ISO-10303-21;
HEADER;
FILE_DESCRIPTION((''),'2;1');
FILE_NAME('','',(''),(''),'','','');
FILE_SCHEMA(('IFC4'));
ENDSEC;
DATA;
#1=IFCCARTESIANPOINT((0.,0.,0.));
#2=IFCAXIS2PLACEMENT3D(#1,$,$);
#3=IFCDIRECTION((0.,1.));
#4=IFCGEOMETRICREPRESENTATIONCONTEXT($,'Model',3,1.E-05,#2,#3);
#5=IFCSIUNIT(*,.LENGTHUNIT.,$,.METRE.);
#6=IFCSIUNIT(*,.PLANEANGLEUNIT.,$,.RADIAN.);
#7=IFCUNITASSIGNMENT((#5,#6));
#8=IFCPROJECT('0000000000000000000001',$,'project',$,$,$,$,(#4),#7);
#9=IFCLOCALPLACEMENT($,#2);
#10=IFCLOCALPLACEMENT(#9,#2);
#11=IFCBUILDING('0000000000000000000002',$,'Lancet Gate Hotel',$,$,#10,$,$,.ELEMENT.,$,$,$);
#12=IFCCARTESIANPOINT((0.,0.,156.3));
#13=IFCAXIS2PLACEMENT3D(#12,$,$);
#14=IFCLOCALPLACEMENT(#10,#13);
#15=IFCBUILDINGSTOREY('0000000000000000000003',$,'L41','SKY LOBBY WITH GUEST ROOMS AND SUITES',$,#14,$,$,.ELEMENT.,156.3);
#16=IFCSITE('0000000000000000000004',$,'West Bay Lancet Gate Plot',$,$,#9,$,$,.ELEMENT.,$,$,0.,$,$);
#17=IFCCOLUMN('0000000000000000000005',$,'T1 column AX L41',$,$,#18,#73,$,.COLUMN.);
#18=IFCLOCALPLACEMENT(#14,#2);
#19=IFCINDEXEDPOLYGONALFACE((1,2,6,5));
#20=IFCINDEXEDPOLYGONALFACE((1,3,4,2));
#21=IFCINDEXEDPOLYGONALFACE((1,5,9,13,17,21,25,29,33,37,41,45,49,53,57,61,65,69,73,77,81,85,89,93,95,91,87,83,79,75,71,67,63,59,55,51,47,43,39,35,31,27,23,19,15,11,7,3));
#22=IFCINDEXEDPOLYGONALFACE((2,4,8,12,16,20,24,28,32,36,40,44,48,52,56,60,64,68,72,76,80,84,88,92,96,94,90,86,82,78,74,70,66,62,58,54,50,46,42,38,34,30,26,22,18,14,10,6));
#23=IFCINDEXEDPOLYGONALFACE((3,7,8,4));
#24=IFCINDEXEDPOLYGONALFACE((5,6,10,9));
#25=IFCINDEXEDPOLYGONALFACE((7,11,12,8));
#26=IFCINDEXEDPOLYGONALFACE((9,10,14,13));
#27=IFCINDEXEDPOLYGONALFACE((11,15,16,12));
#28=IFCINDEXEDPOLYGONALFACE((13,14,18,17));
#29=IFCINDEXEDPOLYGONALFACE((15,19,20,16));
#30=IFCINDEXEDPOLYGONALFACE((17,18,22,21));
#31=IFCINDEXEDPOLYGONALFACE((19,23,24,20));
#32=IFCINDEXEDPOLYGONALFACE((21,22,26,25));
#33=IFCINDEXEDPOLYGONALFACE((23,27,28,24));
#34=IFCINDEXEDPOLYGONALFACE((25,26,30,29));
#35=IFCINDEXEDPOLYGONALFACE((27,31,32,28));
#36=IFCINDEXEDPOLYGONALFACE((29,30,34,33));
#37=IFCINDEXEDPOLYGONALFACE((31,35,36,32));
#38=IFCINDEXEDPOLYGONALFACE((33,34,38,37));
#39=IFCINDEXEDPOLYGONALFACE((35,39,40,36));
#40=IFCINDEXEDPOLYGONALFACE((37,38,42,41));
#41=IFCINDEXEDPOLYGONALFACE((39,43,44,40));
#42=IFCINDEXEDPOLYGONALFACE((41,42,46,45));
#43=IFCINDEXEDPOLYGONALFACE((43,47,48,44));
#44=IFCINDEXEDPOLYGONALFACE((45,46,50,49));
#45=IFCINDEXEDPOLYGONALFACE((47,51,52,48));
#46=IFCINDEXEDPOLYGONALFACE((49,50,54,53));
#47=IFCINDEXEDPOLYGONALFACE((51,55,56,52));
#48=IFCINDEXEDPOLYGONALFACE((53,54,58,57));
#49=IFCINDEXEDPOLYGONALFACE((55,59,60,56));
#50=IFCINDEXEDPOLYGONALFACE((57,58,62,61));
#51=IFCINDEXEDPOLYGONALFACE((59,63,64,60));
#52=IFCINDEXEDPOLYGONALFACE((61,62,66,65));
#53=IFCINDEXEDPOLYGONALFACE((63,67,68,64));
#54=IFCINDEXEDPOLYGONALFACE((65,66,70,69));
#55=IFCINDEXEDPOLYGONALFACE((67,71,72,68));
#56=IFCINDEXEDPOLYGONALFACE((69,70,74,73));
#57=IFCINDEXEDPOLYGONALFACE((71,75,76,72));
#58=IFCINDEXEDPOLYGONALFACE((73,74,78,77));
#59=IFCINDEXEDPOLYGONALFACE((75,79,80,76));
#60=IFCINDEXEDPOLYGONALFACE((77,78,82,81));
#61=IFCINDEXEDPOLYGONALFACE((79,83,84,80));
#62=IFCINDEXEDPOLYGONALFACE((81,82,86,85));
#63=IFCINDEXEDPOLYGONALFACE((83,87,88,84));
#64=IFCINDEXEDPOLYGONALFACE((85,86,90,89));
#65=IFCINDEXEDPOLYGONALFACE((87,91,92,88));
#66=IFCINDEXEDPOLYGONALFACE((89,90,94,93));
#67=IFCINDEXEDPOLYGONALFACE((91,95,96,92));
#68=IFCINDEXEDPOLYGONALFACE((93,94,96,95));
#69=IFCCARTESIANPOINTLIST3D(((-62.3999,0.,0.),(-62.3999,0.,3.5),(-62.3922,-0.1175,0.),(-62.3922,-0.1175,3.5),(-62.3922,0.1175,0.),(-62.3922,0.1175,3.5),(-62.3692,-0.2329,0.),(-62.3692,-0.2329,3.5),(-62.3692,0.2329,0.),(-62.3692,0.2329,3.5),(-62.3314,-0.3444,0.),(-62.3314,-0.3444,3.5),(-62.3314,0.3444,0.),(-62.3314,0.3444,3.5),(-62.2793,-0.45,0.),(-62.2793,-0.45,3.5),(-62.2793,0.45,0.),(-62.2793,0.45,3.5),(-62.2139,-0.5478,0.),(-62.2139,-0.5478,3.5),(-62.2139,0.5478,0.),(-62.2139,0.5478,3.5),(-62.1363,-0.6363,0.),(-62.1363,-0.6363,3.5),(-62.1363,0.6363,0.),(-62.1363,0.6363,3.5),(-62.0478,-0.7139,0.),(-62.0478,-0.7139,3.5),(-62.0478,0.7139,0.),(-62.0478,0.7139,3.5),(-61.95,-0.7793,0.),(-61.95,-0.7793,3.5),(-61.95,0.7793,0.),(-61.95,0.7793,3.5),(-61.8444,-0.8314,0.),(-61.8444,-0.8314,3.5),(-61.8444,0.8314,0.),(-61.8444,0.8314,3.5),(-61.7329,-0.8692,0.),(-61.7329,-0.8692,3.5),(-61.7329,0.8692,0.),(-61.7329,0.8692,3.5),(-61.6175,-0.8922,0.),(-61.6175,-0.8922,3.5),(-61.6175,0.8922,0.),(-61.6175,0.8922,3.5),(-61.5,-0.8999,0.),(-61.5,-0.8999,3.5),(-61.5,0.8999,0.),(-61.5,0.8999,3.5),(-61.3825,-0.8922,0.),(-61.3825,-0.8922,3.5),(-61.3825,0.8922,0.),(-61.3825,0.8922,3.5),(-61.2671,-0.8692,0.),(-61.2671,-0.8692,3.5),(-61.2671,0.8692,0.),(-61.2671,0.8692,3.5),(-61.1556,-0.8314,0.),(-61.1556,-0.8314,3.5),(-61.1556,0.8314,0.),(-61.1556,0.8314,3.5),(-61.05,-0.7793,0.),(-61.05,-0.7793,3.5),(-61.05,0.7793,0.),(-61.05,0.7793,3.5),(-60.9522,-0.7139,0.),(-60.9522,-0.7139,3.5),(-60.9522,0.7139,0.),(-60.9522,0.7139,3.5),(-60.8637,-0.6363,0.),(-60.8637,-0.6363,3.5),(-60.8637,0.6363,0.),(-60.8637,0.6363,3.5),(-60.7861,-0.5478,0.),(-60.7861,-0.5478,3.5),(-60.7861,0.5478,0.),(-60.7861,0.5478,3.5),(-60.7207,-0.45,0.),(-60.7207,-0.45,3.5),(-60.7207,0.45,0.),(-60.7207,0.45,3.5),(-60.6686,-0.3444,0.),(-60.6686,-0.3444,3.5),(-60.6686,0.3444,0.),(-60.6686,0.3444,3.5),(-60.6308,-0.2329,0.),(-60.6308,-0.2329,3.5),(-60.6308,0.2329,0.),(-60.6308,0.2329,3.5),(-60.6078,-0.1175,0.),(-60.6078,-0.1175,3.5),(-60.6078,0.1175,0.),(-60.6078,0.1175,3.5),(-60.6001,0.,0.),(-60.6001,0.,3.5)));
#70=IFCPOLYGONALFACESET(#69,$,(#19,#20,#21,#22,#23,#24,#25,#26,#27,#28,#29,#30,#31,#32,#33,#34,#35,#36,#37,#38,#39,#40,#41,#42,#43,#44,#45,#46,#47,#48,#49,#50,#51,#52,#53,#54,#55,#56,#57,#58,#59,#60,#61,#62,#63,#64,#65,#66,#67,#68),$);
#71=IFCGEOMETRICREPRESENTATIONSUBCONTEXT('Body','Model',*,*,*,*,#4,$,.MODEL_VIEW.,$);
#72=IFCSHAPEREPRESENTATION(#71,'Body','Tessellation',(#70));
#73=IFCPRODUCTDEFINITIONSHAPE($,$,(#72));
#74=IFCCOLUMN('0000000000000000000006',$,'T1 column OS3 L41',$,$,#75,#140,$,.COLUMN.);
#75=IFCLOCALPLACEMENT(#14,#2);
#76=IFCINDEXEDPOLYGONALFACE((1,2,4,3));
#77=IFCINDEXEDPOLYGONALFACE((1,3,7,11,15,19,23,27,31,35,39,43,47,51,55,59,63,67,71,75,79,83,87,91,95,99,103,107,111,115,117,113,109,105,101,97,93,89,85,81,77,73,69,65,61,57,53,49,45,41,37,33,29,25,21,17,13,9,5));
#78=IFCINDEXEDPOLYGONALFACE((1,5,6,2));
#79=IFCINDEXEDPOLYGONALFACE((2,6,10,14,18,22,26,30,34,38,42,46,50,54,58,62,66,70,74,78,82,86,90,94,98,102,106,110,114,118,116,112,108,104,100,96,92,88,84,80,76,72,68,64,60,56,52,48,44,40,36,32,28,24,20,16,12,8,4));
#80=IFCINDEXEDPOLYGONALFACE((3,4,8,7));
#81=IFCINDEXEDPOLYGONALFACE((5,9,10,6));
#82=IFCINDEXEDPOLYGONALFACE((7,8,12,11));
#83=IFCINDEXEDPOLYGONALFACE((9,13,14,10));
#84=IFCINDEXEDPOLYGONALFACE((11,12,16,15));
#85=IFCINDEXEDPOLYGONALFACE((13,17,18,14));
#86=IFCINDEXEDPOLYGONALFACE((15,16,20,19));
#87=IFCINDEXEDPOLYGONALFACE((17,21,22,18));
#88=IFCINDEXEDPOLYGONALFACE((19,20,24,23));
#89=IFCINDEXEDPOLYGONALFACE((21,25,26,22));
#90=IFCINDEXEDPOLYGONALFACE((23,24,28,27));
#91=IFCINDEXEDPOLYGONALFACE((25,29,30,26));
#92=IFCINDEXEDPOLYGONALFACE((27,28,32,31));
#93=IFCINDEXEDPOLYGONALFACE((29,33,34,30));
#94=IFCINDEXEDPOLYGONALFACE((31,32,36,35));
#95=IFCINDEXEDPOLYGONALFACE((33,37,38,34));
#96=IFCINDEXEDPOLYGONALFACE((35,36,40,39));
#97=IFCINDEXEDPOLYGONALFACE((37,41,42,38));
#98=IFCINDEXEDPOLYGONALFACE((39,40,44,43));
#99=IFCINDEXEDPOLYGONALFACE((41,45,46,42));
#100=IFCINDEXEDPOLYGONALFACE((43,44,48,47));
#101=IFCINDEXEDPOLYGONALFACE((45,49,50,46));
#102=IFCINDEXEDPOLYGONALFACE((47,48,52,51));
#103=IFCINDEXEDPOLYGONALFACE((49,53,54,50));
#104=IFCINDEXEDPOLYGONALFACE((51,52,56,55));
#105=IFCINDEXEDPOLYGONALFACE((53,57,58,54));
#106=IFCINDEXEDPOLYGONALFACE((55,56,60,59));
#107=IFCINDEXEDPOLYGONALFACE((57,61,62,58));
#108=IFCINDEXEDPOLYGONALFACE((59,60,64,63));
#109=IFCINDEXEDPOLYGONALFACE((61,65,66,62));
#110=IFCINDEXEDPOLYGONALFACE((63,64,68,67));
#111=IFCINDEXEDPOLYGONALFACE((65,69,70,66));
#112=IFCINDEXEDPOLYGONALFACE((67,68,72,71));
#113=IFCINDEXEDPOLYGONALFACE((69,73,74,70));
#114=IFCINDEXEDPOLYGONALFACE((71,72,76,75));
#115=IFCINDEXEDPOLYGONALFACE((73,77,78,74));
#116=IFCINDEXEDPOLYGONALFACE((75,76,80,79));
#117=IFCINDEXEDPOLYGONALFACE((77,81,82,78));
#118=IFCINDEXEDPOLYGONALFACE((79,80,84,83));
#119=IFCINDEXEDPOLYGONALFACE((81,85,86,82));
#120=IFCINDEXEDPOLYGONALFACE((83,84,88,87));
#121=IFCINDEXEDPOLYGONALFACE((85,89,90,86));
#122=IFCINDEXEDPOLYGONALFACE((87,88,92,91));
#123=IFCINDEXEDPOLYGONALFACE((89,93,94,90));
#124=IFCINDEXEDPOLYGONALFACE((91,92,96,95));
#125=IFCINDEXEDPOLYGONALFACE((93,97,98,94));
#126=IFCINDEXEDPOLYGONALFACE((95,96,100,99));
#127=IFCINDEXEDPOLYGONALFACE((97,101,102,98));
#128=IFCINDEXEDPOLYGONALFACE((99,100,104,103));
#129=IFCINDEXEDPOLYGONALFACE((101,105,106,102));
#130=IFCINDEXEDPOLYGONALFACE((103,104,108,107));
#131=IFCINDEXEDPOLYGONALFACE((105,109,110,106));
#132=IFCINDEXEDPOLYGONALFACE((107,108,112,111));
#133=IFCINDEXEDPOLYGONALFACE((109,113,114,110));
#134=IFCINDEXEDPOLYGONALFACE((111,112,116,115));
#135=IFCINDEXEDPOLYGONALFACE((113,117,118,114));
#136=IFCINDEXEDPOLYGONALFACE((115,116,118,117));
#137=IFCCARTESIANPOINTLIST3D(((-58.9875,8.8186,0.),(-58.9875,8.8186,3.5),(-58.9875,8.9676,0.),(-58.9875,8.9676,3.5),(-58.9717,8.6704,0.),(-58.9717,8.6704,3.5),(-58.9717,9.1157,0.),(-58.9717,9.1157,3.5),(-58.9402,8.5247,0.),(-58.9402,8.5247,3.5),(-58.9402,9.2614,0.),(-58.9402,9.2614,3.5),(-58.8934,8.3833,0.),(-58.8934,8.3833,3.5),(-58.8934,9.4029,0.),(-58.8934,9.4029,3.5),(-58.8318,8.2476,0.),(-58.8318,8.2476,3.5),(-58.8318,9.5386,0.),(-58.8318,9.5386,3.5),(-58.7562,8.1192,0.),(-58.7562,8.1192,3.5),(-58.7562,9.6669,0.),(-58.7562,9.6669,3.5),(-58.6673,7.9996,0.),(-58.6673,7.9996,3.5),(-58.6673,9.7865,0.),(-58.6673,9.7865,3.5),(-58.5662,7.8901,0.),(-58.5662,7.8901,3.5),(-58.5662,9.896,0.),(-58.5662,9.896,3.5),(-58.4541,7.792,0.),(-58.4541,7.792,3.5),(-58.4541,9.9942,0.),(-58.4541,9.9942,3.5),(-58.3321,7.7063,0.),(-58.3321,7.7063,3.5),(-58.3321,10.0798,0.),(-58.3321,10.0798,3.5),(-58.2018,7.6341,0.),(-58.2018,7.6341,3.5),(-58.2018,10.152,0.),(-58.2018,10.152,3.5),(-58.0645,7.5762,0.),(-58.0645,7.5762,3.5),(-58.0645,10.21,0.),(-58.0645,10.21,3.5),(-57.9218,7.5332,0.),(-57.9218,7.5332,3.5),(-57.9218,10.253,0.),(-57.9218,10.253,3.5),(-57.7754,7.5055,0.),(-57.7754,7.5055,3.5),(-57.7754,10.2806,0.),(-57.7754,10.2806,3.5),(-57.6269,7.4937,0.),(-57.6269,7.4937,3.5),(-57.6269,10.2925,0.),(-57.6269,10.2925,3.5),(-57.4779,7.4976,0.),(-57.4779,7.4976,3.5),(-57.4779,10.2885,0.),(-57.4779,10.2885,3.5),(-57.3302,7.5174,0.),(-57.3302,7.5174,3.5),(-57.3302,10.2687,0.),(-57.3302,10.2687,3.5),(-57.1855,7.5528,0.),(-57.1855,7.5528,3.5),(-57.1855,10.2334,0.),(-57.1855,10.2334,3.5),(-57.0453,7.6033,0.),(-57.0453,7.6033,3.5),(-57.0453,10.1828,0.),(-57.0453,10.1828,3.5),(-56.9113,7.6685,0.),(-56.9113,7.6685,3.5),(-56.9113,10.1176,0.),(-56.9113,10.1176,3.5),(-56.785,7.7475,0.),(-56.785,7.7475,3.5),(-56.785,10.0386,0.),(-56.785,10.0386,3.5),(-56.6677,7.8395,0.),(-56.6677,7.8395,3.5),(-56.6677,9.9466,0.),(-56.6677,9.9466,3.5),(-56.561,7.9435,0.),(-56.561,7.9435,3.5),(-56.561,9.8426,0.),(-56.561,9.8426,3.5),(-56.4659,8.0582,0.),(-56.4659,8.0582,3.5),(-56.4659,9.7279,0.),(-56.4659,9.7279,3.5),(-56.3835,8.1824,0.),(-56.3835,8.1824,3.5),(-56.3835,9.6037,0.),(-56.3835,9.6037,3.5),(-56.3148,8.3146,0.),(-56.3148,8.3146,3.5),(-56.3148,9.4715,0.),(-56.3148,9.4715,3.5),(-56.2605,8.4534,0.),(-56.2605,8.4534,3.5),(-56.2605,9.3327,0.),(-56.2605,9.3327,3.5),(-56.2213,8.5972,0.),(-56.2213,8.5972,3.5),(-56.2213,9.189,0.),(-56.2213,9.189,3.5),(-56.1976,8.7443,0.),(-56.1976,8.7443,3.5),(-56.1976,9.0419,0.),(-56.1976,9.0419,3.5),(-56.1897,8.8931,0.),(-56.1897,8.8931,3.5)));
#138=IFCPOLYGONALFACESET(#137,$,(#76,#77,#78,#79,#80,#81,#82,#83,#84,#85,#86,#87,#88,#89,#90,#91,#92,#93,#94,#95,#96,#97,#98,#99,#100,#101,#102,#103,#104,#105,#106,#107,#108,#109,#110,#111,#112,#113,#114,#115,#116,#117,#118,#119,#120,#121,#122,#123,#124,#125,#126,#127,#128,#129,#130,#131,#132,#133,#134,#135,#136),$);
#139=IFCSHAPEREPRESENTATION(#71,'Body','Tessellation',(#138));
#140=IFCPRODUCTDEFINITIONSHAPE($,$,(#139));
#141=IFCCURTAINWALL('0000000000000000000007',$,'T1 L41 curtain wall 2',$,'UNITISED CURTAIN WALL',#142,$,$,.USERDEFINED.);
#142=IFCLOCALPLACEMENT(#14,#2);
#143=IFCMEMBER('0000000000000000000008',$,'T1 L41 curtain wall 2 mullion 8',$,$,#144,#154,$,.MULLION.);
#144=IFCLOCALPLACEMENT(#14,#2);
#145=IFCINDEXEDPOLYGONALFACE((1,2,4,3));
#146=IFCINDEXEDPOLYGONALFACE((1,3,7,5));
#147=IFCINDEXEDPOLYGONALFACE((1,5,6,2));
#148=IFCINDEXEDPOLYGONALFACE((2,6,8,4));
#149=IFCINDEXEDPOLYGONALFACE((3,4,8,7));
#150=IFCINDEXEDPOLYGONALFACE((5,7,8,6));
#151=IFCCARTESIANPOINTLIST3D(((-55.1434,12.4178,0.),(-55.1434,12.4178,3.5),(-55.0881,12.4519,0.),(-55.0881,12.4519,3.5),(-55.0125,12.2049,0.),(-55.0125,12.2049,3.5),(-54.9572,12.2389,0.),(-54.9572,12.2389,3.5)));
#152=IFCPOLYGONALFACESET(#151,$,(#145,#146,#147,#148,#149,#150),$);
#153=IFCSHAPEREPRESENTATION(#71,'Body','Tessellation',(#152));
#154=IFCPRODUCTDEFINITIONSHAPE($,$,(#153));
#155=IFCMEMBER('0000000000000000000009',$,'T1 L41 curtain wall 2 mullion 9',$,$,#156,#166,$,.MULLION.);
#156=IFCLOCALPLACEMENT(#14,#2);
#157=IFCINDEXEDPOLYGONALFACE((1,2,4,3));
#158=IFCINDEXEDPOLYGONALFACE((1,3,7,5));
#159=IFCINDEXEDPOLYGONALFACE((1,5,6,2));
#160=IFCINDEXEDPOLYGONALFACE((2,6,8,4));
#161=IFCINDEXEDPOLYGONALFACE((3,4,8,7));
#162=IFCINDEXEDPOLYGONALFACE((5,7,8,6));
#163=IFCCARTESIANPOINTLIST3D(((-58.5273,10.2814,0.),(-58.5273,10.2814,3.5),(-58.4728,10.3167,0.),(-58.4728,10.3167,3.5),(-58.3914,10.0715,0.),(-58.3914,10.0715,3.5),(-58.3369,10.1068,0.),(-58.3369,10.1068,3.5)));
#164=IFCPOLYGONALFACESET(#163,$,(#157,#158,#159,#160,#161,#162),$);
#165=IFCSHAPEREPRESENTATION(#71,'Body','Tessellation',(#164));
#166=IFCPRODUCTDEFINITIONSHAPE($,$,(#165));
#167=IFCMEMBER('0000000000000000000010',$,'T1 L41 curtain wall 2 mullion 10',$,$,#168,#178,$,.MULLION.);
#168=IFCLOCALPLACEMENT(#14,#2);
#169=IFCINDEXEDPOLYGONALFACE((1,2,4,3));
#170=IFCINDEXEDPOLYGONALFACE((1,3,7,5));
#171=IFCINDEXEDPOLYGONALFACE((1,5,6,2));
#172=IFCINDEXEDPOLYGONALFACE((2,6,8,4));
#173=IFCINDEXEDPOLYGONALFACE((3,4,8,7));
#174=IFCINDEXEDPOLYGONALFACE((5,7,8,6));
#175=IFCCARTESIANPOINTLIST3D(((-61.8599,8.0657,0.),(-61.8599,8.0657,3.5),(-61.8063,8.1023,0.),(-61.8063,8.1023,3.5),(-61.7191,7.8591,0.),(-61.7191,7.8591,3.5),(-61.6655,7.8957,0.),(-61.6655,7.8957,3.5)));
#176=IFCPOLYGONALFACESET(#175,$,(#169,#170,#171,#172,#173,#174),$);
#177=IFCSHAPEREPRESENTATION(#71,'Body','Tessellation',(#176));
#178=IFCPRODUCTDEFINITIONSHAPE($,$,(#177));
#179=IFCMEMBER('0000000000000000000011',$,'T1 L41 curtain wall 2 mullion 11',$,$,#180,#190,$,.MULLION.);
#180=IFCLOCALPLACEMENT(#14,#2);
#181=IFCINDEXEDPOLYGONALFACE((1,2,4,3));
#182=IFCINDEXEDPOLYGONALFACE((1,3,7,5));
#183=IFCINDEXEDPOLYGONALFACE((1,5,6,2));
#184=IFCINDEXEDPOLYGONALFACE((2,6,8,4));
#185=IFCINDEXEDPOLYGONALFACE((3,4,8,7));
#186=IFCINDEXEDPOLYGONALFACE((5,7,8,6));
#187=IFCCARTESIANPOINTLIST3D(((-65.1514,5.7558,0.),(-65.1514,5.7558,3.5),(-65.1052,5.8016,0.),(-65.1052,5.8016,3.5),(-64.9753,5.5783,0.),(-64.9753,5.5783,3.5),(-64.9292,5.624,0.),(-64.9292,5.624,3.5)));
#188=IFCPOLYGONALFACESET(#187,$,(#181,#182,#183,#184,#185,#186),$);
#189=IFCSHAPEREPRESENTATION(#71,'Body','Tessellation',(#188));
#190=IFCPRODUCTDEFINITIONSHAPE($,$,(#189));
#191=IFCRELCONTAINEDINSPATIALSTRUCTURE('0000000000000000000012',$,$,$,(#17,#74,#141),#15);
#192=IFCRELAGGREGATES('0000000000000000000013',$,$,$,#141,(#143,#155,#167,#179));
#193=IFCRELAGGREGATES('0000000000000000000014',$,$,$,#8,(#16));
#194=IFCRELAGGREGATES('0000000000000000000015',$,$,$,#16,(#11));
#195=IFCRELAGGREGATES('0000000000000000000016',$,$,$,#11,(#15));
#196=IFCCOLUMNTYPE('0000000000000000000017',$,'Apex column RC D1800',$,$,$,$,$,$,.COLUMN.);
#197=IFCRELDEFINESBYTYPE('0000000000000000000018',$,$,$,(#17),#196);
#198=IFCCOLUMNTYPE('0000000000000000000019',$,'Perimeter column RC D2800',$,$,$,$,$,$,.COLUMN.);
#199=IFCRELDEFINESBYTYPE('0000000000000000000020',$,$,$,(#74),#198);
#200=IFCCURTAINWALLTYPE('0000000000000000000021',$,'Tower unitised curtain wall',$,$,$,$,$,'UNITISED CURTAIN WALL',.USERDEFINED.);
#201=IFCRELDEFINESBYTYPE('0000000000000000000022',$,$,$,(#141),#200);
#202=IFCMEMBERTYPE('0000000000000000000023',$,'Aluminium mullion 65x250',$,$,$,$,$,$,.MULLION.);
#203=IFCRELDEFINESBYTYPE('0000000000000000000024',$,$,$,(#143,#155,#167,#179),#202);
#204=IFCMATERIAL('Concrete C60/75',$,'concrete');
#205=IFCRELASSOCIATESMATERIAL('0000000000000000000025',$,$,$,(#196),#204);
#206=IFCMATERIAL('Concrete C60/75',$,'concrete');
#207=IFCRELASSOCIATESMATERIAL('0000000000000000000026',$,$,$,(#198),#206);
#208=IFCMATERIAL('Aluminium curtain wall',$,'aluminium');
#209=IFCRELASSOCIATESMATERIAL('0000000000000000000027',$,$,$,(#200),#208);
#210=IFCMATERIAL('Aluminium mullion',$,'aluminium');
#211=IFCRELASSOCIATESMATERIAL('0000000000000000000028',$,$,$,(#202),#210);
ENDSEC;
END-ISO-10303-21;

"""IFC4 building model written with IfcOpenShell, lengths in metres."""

from ifc_helpers import new_model, si_unit, direction, frame, origin, origin_2d, place, context, subcontext, project, spatial, rectangle, circle, extrude, material, material_profile, profile_set, type_object, element, aggregate, save


model = new_model("IFC4")

# Units and contexts
model_context = context("Model", 3, precision=1e-05, world=origin(), true_north=direction((0.0, 1.0)))
body_context = subcontext(model_context, "Body", "Model", "MODEL_VIEW")
ifc_project = project(units=[si_unit("LENGTHUNIT", "METRE"), si_unit("PLANEANGLEUNIT", "RADIAN")], contexts=[model_context])

# Site, building, storey
site_placement = place(None, origin())
site = spatial("IfcSite", under=ifc_project, at=site_placement, Name="West Bay Lancet Gate Plot", CompositionType="ELEMENT", RefElevation=0.0)
building_placement = place(site_placement, origin())
building = spatial("IfcBuilding", under=site, at=building_placement, Name="Lancet Gate Hotel", CompositionType="ELEMENT")
storey_placement = place(building_placement, frame((0.0, 0.0, 156.3)))
storey = spatial("IfcBuildingStorey", under=building, at=storey_placement, Name="L41", Description="SKY LOBBY WITH GUEST ROOMS AND SUITES", CompositionType="ELEMENT", Elevation=156.3)

# Columns
ifc_material_1 = material(Name="Concrete C60/75", Category="concrete")
ifc_material_profile_1 = material_profile(ifc_material_1, circle(Radius=0.8999, at=origin_2d()), Name="RC D1800")
ifc_profile_set_1 = profile_set([ifc_material_profile_1], Name="Concrete C60/75")
column_type_1 = type_object("IfcColumnType", Name="Apex column RC D1800", PredefinedType="COLUMN", material=ifc_profile_set_1)
column_1_placement = place(storey_placement, frame((-61.5, 0.0, 0.0), z_axis=(0.0, 0.0, 1.0), x_axis=(1.0, 0.0, 0.0)))
element("IfcColumn", 1, at=column_1_placement, inside=storey, type_object=column_type_1, Name="T1 column AX L41", PredefinedType="COLUMN", context=body_context, shape_type="SweptSolid", body=[
    extrude(circle(Radius=0.8999, at=origin_2d()), origin(), (0.0, 0.0, 1.0), 3.5),
])
ifc_material_2 = material(Name="Concrete C60/75", Category="concrete")
ifc_material_profile_2 = material_profile(ifc_material_2, circle(Radius=1.3999, at=origin_2d()), Name="RC D2800")
ifc_profile_set_2 = profile_set([ifc_material_profile_2], Name="Concrete C60/75")
column_type_2 = type_object("IfcColumnType", Name="Perimeter column RC D2800", PredefinedType="COLUMN", material=ifc_profile_set_2)
column_2_placement = place(storey_placement, frame((-57.5896, 8.8931, 0.0), z_axis=(0.0, 0.0, 1.0), x_axis=(1.0, 0.0, 0.0)))
element("IfcColumn", 2, at=column_2_placement, inside=storey, type_object=column_type_2, Name="T1 column OS3 L41", PredefinedType="COLUMN", context=body_context, shape_type="SweptSolid", body=[
    extrude(circle(Radius=1.3999, at=origin_2d()), origin(), (0.0, 0.0, 1.0), 3.5),
])

# Curtain wall, members
ifc_material_3 = material(Name="Aluminium curtain wall", Category="aluminium")
curtain_wall_type = type_object("IfcCurtainWallType", Name="Tower unitised curtain wall", ElementType="UNITISED CURTAIN WALL", PredefinedType="USERDEFINED", material=ifc_material_3)
curtain_wall_placement = place(storey_placement, origin())
curtain_wall = element("IfcCurtainWall", 3, at=curtain_wall_placement, inside=storey, type_object=curtain_wall_type, Name="T1 L41 curtain wall 2", ObjectType="UNITISED CURTAIN WALL", PredefinedType="USERDEFINED")
ifc_material_4 = material(Name="Aluminium mullion", Category="aluminium")
ifc_material_profile_3 = material_profile(ifc_material_4, rectangle(XDim=0.0649, YDim=0.25, at=origin_2d()), Name="MULLION 65x250")
ifc_profile_set_3 = profile_set([ifc_material_profile_3], Name="Aluminium mullion")
member_type_1 = type_object("IfcMemberType", Name="Aluminium mullion 65x250", PredefinedType="MULLION", material=ifc_profile_set_3)
member_1_placement = place(storey_placement, frame((-55.0503, 12.3284, 0.0), z_axis=(0.0, 0.0, 1.0), x_axis=(-0.851886, -0.523728, 0.0)))
member_1 = element("IfcMember", 4, at=member_1_placement, type_object=member_type_1, Name="T1 L41 curtain wall 2 mullion 8", PredefinedType="MULLION", context=body_context, shape_type="SweptSolid", body=[
    extrude(rectangle(XDim=0.0649, YDim=0.25, at=origin_2d()), origin(), (0.0, 0.0, 1.0), 3.5),
])
member_2_placement = place(storey_placement, frame((-58.4321, 10.1941, 0.0), z_axis=(0.0, 0.0, 1.0), x_axis=(-0.839331, -0.543621, 0.0)))
member_2 = element("IfcMember", 5, at=member_2_placement, type_object=member_type_1, Name="T1 L41 curtain wall 2 mullion 9", PredefinedType="MULLION", context=body_context, shape_type="SweptSolid", body=[
    extrude(rectangle(XDim=0.0649, YDim=0.25, at=origin_2d()), origin(), (0.0, 0.0, 1.0), 3.5),
])
member_3_placement = place(storey_placement, frame((-61.7627, 7.9807, 0.0), z_axis=(0.0, 0.0, 1.0), x_axis=(-0.826312, -0.563212, 0.0)))
member_3 = element("IfcMember", 6, at=member_3_placement, type_object=member_type_1, Name="T1 L41 curtain wall 2 mullion 10", PredefinedType="MULLION", context=body_context, shape_type="SweptSolid", body=[
    extrude(rectangle(XDim=0.0649, YDim=0.25, at=origin_2d()), origin(), (0.0, 0.0, 1.0), 3.5),
])
member_4_placement = place(storey_placement, frame((-65.0403, 5.6899, 0.0), z_axis=(0.0, 0.0, 1.0), x_axis=(-0.710113, -0.704088, 0.0)))
member_4 = element("IfcMember", 7, at=member_4_placement, type_object=member_type_1, Name="T1 L41 curtain wall 2 mullion 11", PredefinedType="MULLION", context=body_context, shape_type="SweptSolid", body=[
    extrude(rectangle(XDim=0.0649, YDim=0.25, at=origin_2d()), origin(), (0.0, 0.0, 1.0), 3.5),
])

aggregate(curtain_wall, [member_1, member_2, member_3, member_4])

save(model, "model.ifc")
